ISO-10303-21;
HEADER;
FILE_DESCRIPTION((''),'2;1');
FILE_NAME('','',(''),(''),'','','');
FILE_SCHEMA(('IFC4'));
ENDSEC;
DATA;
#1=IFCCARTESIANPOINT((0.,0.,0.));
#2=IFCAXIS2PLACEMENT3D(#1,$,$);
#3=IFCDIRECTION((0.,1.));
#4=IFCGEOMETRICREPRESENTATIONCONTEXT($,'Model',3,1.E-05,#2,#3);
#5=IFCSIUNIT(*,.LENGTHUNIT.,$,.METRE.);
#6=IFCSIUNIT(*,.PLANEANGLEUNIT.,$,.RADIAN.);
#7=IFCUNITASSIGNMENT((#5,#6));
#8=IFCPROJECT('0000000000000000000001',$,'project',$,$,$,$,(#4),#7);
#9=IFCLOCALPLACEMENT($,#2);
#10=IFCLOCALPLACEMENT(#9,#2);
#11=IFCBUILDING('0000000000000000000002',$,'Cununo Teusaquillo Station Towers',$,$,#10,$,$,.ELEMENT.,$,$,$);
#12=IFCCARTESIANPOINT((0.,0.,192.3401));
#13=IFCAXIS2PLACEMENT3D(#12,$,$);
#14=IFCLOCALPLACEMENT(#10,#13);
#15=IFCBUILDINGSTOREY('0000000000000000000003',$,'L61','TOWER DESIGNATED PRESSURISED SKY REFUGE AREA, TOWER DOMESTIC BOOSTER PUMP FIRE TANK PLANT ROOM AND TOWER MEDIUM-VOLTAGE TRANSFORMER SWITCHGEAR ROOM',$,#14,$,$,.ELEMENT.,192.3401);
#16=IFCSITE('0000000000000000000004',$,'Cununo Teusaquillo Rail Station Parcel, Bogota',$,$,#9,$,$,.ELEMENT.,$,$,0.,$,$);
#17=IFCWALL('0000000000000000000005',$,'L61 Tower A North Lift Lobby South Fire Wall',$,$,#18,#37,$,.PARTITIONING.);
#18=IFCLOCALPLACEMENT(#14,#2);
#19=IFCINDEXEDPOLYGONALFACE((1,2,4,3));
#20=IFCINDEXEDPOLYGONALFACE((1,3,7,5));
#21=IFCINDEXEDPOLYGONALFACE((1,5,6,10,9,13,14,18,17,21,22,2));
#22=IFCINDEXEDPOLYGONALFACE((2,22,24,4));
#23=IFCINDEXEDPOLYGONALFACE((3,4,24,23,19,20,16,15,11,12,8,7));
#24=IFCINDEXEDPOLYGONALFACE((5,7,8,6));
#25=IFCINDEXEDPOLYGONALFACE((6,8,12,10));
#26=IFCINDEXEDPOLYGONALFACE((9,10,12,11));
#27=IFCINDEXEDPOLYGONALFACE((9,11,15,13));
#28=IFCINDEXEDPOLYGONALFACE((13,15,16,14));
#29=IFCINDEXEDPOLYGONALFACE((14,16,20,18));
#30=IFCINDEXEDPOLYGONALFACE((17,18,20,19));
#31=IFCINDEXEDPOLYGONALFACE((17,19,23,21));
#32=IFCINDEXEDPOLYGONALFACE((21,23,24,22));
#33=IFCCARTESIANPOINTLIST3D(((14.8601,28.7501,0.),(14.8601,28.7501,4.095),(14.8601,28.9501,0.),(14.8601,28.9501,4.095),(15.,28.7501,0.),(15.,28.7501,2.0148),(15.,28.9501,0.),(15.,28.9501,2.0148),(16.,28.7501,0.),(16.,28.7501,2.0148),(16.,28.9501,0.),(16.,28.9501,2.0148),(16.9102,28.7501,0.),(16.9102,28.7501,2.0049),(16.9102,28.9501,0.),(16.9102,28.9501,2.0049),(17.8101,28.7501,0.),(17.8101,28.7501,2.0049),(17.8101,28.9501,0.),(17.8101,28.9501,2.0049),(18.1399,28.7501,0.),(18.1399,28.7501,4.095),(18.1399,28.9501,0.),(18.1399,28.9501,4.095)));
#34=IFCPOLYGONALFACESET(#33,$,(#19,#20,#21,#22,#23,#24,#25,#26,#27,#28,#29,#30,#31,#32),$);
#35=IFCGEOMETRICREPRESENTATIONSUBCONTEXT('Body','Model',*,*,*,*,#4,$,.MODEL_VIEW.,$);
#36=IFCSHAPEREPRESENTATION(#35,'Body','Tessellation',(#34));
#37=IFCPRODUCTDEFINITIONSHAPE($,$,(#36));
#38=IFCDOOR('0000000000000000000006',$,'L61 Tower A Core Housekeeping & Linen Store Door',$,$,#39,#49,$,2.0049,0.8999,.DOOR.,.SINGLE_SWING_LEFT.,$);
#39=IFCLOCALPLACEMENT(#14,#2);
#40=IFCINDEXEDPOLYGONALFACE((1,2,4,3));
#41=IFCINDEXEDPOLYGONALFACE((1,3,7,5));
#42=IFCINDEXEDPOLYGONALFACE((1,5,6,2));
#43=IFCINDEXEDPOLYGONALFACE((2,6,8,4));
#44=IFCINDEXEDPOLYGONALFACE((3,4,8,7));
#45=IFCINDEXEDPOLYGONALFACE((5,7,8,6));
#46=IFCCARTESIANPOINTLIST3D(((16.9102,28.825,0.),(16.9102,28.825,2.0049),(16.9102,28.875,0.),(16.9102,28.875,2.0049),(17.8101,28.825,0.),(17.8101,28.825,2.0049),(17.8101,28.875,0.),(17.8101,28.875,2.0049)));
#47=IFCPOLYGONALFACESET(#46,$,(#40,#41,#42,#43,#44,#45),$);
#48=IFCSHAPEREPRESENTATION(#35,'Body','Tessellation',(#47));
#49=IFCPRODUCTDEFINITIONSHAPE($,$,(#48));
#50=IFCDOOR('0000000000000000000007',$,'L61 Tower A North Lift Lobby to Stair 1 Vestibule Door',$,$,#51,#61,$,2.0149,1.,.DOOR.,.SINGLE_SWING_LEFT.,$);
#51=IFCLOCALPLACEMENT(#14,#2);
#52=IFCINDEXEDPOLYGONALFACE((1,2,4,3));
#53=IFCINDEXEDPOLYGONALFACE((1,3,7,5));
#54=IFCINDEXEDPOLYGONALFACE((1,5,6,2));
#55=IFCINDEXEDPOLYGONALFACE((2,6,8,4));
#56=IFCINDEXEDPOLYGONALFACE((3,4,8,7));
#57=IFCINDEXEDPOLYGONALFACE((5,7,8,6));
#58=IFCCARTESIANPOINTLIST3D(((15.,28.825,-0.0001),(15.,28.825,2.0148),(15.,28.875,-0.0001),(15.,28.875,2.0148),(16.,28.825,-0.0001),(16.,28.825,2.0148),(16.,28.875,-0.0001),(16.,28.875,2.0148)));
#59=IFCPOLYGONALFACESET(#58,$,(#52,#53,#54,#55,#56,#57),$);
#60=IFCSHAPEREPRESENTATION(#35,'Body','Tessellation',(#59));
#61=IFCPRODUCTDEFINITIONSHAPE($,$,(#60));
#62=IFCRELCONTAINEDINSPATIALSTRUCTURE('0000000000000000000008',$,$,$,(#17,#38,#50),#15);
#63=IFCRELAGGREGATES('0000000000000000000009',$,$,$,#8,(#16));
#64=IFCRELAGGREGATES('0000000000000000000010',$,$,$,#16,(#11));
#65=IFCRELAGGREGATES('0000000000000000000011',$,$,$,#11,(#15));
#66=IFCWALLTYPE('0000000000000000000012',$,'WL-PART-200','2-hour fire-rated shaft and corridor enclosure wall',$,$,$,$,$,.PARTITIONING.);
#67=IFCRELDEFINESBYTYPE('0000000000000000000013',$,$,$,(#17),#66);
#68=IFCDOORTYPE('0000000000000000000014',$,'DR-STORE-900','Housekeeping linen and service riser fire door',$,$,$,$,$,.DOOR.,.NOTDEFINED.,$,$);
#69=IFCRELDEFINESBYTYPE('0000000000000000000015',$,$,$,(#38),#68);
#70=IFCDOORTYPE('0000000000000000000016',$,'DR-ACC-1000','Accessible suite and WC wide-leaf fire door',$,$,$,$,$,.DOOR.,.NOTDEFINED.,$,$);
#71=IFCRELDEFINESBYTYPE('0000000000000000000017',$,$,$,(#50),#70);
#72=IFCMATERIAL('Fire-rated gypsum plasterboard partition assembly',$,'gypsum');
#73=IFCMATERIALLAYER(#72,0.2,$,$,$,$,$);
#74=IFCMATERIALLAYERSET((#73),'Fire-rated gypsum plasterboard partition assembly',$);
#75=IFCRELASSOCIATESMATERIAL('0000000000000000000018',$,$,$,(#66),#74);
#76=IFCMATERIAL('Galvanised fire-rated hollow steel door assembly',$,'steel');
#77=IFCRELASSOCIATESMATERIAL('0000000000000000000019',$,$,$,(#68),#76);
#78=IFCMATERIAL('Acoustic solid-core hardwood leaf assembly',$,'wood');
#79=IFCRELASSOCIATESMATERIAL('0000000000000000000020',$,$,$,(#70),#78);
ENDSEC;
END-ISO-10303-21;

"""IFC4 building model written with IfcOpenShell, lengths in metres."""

from ifc_helpers import new_model, si_unit, direction, frame, frame_2d, origin, place, context, subcontext, project, spatial, rectangle, extrude, source, transform, mapped, material, layer, layer_set, type_object, element, fill, save


model = new_model("IFC4")

# Units and contexts
model_context = context("Model", 3, precision=1e-05, world=origin(), true_north=direction((0.0, 1.0)))
body_context = subcontext(model_context, "Body", "Model", "MODEL_VIEW")
ifc_project = project(units=[si_unit("LENGTHUNIT", "METRE"), si_unit("PLANEANGLEUNIT", "RADIAN")], contexts=[model_context])

# Site, building, storey
site_placement = place(None, origin())
site = spatial("IfcSite", under=ifc_project, at=site_placement, Name="Cununo Teusaquillo Rail Station Parcel, Bogota", CompositionType="ELEMENT", RefElevation=0.0)
building_placement = place(site_placement, origin())
building = spatial("IfcBuilding", under=site, at=building_placement, Name="Cununo Teusaquillo Station Towers", CompositionType="ELEMENT")
storey_placement = place(building_placement, frame((0.0, 0.0, 192.3401)))
storey = spatial("IfcBuildingStorey", under=building, at=storey_placement, Name="L61", Description="TOWER DESIGNATED PRESSURISED SKY REFUGE AREA, TOWER DOMESTIC BOOSTER PUMP FIRE TANK PLANT ROOM AND TOWER MEDIUM-VOLTAGE TRANSFORMER SWITCHGEAR ROOM", CompositionType="ELEMENT", Elevation=192.3401)

# Shared definitions
shared_shape_1 = source(origin(), body_context, "Body", "SweptSolid", [
    extrude(rectangle(XDim=0.8999, YDim=2.0049, at=frame_2d((0.45, 1.0024))), frame((0.0, 0.0249, 0.0), z_axis=(0.0, -1.0, 0.0), x_axis=(1.0, 0.0, 0.0)), (0.0, 0.0, 1.0), 0.05),
])
ifc_material_1 = material(Name="Fire-rated gypsum plasterboard partition assembly", Category="gypsum")
ifc_layer_1 = layer(ifc_material_1, 0.2)
ifc_layer_set_1 = layer_set([ifc_layer_1], Name="Fire-rated gypsum plasterboard partition assembly")
wall_type_1 = type_object("IfcWallType", Name="WL-PART-200", Description="2-hour fire-rated shaft and corridor enclosure wall", PredefinedType="PARTITIONING", material=ifc_layer_set_1)
shared_shape_2 = source(origin(), body_context, "Body", "SweptSolid", [
    extrude(rectangle(XDim=0.8999, YDim=2.0049, at=frame_2d((0.45, 1.0024))), frame((0.0, 0.1099, 0.0), z_axis=(0.0, -1.0, 0.0), x_axis=(1.0, 0.0, 0.0)), (0.0, 0.0, 1.0), 0.22),
])
ifc_material_2 = material(Name="Galvanised fire-rated hollow steel door assembly", Category="steel")
door_type_1 = type_object("IfcDoorType", Name="DR-STORE-900", Description="Housekeeping linen and service riser fire door", OperationType="NOTDEFINED", PredefinedType="DOOR", material=ifc_material_2)

# Wall, openings, doors
wall_1_placement = place(storey_placement, frame((14.8601, 28.8501, 0.0), z_axis=(0.0, 0.0, 1.0), x_axis=(1.0, 0.0, 0.0)))
wall_1 = element("IfcWall", 1, at=wall_1_placement, inside=storey, type_object=wall_type_1, Name="L61 Tower A North Lift Lobby South Fire Wall", PredefinedType="PARTITIONING", context=body_context, shape_type="SweptSolid", body=[
    extrude(rectangle(XDim=3.2798, YDim=0.2, at=frame_2d((1.6399, 0.0))), origin(), (0.0, 0.0, 1.0), 4.095),
])
shared_shape_3 = source(origin(), body_context, "Body", "SweptSolid", [
    extrude(rectangle(XDim=1.0, YDim=2.0149, at=frame_2d((0.5, 1.0073))), frame((0.0, 0.1099, 0.0), z_axis=(0.0, -1.0, 0.0), x_axis=(1.0, 0.0, 0.0)), (0.0, 0.0, 1.0), 0.22),
])
opening_1_placement = place(wall_1_placement, frame((0.1399, 0.0, 0.0)))
opening_1 = element("IfcOpeningElement", 2, at=opening_1_placement, cuts=wall_1, PredefinedType="OPENING", context=body_context, shape_type="MappedRepresentation", body=[
    mapped(shared_shape_3, transform((0.0, 0.0, 0.0), x_axis=(1.0, 0.0, 0.0), y_axis=(0.0, 1.0, 0.0), z_axis=(0.0, 0.0, 1.0), scale=1.0)),
])
opening_2_placement = place(wall_1_placement, frame((2.05, 0.0, 0.0)))
opening_2 = element("IfcOpeningElement", 3, at=opening_2_placement, cuts=wall_1, PredefinedType="OPENING", context=body_context, shape_type="MappedRepresentation", body=[
    mapped(shared_shape_2, transform((0.0, 0.0, 0.0), x_axis=(1.0, 0.0, 0.0), y_axis=(0.0, 1.0, 0.0), z_axis=(0.0, 0.0, 1.0), scale=1.0)),
])
door_1_placement = place(opening_2_placement, origin())
door_1 = element("IfcDoor", 4, at=door_1_placement, inside=storey, type_object=door_type_1, Name="L61 Tower A Core Housekeeping & Linen Store Door", OperationType="SINGLE_SWING_LEFT", OverallHeight=2.0049, OverallWidth=0.8999, PredefinedType="DOOR", context=body_context, shape_type="MappedRepresentation", body=[
    mapped(shared_shape_1, transform((0.0, 0.0, 0.0), x_axis=(1.0, 0.0, 0.0), y_axis=(0.0, 1.0, 0.0), z_axis=(0.0, 0.0, 1.0), scale=1.0)),
])
fill(opening_2, door_1)
ifc_material_3 = material(Name="Acoustic solid-core hardwood leaf assembly", Category="wood")
door_type_2 = type_object("IfcDoorType", Name="DR-ACC-1000", Description="Accessible suite and WC wide-leaf fire door", OperationType="NOTDEFINED", PredefinedType="DOOR", material=ifc_material_3)
shared_shape_4 = source(origin(), body_context, "Body", "SweptSolid", [
    extrude(rectangle(XDim=1.0, YDim=2.0149, at=frame_2d((0.5, 1.0073))), frame((0.0, 0.0249, 0.0), z_axis=(0.0, -1.0, 0.0), x_axis=(1.0, 0.0, 0.0)), (0.0, 0.0, 1.0), 0.05),
])
door_2_placement = place(opening_1_placement, origin())
door_2 = element("IfcDoor", 5, at=door_2_placement, inside=storey, type_object=door_type_2, Name="L61 Tower A North Lift Lobby to Stair 1 Vestibule Door", OperationType="SINGLE_SWING_LEFT", OverallHeight=2.0149, OverallWidth=1.0, PredefinedType="DOOR", context=body_context, shape_type="MappedRepresentation", body=[
    mapped(shared_shape_4, transform((0.0, 0.0, 0.0), x_axis=(1.0, 0.0, 0.0), y_axis=(0.0, 1.0, 0.0), z_axis=(0.0, 0.0, 1.0), scale=1.0)),
])
fill(opening_1, door_2)

save(model, "model.ifc")
